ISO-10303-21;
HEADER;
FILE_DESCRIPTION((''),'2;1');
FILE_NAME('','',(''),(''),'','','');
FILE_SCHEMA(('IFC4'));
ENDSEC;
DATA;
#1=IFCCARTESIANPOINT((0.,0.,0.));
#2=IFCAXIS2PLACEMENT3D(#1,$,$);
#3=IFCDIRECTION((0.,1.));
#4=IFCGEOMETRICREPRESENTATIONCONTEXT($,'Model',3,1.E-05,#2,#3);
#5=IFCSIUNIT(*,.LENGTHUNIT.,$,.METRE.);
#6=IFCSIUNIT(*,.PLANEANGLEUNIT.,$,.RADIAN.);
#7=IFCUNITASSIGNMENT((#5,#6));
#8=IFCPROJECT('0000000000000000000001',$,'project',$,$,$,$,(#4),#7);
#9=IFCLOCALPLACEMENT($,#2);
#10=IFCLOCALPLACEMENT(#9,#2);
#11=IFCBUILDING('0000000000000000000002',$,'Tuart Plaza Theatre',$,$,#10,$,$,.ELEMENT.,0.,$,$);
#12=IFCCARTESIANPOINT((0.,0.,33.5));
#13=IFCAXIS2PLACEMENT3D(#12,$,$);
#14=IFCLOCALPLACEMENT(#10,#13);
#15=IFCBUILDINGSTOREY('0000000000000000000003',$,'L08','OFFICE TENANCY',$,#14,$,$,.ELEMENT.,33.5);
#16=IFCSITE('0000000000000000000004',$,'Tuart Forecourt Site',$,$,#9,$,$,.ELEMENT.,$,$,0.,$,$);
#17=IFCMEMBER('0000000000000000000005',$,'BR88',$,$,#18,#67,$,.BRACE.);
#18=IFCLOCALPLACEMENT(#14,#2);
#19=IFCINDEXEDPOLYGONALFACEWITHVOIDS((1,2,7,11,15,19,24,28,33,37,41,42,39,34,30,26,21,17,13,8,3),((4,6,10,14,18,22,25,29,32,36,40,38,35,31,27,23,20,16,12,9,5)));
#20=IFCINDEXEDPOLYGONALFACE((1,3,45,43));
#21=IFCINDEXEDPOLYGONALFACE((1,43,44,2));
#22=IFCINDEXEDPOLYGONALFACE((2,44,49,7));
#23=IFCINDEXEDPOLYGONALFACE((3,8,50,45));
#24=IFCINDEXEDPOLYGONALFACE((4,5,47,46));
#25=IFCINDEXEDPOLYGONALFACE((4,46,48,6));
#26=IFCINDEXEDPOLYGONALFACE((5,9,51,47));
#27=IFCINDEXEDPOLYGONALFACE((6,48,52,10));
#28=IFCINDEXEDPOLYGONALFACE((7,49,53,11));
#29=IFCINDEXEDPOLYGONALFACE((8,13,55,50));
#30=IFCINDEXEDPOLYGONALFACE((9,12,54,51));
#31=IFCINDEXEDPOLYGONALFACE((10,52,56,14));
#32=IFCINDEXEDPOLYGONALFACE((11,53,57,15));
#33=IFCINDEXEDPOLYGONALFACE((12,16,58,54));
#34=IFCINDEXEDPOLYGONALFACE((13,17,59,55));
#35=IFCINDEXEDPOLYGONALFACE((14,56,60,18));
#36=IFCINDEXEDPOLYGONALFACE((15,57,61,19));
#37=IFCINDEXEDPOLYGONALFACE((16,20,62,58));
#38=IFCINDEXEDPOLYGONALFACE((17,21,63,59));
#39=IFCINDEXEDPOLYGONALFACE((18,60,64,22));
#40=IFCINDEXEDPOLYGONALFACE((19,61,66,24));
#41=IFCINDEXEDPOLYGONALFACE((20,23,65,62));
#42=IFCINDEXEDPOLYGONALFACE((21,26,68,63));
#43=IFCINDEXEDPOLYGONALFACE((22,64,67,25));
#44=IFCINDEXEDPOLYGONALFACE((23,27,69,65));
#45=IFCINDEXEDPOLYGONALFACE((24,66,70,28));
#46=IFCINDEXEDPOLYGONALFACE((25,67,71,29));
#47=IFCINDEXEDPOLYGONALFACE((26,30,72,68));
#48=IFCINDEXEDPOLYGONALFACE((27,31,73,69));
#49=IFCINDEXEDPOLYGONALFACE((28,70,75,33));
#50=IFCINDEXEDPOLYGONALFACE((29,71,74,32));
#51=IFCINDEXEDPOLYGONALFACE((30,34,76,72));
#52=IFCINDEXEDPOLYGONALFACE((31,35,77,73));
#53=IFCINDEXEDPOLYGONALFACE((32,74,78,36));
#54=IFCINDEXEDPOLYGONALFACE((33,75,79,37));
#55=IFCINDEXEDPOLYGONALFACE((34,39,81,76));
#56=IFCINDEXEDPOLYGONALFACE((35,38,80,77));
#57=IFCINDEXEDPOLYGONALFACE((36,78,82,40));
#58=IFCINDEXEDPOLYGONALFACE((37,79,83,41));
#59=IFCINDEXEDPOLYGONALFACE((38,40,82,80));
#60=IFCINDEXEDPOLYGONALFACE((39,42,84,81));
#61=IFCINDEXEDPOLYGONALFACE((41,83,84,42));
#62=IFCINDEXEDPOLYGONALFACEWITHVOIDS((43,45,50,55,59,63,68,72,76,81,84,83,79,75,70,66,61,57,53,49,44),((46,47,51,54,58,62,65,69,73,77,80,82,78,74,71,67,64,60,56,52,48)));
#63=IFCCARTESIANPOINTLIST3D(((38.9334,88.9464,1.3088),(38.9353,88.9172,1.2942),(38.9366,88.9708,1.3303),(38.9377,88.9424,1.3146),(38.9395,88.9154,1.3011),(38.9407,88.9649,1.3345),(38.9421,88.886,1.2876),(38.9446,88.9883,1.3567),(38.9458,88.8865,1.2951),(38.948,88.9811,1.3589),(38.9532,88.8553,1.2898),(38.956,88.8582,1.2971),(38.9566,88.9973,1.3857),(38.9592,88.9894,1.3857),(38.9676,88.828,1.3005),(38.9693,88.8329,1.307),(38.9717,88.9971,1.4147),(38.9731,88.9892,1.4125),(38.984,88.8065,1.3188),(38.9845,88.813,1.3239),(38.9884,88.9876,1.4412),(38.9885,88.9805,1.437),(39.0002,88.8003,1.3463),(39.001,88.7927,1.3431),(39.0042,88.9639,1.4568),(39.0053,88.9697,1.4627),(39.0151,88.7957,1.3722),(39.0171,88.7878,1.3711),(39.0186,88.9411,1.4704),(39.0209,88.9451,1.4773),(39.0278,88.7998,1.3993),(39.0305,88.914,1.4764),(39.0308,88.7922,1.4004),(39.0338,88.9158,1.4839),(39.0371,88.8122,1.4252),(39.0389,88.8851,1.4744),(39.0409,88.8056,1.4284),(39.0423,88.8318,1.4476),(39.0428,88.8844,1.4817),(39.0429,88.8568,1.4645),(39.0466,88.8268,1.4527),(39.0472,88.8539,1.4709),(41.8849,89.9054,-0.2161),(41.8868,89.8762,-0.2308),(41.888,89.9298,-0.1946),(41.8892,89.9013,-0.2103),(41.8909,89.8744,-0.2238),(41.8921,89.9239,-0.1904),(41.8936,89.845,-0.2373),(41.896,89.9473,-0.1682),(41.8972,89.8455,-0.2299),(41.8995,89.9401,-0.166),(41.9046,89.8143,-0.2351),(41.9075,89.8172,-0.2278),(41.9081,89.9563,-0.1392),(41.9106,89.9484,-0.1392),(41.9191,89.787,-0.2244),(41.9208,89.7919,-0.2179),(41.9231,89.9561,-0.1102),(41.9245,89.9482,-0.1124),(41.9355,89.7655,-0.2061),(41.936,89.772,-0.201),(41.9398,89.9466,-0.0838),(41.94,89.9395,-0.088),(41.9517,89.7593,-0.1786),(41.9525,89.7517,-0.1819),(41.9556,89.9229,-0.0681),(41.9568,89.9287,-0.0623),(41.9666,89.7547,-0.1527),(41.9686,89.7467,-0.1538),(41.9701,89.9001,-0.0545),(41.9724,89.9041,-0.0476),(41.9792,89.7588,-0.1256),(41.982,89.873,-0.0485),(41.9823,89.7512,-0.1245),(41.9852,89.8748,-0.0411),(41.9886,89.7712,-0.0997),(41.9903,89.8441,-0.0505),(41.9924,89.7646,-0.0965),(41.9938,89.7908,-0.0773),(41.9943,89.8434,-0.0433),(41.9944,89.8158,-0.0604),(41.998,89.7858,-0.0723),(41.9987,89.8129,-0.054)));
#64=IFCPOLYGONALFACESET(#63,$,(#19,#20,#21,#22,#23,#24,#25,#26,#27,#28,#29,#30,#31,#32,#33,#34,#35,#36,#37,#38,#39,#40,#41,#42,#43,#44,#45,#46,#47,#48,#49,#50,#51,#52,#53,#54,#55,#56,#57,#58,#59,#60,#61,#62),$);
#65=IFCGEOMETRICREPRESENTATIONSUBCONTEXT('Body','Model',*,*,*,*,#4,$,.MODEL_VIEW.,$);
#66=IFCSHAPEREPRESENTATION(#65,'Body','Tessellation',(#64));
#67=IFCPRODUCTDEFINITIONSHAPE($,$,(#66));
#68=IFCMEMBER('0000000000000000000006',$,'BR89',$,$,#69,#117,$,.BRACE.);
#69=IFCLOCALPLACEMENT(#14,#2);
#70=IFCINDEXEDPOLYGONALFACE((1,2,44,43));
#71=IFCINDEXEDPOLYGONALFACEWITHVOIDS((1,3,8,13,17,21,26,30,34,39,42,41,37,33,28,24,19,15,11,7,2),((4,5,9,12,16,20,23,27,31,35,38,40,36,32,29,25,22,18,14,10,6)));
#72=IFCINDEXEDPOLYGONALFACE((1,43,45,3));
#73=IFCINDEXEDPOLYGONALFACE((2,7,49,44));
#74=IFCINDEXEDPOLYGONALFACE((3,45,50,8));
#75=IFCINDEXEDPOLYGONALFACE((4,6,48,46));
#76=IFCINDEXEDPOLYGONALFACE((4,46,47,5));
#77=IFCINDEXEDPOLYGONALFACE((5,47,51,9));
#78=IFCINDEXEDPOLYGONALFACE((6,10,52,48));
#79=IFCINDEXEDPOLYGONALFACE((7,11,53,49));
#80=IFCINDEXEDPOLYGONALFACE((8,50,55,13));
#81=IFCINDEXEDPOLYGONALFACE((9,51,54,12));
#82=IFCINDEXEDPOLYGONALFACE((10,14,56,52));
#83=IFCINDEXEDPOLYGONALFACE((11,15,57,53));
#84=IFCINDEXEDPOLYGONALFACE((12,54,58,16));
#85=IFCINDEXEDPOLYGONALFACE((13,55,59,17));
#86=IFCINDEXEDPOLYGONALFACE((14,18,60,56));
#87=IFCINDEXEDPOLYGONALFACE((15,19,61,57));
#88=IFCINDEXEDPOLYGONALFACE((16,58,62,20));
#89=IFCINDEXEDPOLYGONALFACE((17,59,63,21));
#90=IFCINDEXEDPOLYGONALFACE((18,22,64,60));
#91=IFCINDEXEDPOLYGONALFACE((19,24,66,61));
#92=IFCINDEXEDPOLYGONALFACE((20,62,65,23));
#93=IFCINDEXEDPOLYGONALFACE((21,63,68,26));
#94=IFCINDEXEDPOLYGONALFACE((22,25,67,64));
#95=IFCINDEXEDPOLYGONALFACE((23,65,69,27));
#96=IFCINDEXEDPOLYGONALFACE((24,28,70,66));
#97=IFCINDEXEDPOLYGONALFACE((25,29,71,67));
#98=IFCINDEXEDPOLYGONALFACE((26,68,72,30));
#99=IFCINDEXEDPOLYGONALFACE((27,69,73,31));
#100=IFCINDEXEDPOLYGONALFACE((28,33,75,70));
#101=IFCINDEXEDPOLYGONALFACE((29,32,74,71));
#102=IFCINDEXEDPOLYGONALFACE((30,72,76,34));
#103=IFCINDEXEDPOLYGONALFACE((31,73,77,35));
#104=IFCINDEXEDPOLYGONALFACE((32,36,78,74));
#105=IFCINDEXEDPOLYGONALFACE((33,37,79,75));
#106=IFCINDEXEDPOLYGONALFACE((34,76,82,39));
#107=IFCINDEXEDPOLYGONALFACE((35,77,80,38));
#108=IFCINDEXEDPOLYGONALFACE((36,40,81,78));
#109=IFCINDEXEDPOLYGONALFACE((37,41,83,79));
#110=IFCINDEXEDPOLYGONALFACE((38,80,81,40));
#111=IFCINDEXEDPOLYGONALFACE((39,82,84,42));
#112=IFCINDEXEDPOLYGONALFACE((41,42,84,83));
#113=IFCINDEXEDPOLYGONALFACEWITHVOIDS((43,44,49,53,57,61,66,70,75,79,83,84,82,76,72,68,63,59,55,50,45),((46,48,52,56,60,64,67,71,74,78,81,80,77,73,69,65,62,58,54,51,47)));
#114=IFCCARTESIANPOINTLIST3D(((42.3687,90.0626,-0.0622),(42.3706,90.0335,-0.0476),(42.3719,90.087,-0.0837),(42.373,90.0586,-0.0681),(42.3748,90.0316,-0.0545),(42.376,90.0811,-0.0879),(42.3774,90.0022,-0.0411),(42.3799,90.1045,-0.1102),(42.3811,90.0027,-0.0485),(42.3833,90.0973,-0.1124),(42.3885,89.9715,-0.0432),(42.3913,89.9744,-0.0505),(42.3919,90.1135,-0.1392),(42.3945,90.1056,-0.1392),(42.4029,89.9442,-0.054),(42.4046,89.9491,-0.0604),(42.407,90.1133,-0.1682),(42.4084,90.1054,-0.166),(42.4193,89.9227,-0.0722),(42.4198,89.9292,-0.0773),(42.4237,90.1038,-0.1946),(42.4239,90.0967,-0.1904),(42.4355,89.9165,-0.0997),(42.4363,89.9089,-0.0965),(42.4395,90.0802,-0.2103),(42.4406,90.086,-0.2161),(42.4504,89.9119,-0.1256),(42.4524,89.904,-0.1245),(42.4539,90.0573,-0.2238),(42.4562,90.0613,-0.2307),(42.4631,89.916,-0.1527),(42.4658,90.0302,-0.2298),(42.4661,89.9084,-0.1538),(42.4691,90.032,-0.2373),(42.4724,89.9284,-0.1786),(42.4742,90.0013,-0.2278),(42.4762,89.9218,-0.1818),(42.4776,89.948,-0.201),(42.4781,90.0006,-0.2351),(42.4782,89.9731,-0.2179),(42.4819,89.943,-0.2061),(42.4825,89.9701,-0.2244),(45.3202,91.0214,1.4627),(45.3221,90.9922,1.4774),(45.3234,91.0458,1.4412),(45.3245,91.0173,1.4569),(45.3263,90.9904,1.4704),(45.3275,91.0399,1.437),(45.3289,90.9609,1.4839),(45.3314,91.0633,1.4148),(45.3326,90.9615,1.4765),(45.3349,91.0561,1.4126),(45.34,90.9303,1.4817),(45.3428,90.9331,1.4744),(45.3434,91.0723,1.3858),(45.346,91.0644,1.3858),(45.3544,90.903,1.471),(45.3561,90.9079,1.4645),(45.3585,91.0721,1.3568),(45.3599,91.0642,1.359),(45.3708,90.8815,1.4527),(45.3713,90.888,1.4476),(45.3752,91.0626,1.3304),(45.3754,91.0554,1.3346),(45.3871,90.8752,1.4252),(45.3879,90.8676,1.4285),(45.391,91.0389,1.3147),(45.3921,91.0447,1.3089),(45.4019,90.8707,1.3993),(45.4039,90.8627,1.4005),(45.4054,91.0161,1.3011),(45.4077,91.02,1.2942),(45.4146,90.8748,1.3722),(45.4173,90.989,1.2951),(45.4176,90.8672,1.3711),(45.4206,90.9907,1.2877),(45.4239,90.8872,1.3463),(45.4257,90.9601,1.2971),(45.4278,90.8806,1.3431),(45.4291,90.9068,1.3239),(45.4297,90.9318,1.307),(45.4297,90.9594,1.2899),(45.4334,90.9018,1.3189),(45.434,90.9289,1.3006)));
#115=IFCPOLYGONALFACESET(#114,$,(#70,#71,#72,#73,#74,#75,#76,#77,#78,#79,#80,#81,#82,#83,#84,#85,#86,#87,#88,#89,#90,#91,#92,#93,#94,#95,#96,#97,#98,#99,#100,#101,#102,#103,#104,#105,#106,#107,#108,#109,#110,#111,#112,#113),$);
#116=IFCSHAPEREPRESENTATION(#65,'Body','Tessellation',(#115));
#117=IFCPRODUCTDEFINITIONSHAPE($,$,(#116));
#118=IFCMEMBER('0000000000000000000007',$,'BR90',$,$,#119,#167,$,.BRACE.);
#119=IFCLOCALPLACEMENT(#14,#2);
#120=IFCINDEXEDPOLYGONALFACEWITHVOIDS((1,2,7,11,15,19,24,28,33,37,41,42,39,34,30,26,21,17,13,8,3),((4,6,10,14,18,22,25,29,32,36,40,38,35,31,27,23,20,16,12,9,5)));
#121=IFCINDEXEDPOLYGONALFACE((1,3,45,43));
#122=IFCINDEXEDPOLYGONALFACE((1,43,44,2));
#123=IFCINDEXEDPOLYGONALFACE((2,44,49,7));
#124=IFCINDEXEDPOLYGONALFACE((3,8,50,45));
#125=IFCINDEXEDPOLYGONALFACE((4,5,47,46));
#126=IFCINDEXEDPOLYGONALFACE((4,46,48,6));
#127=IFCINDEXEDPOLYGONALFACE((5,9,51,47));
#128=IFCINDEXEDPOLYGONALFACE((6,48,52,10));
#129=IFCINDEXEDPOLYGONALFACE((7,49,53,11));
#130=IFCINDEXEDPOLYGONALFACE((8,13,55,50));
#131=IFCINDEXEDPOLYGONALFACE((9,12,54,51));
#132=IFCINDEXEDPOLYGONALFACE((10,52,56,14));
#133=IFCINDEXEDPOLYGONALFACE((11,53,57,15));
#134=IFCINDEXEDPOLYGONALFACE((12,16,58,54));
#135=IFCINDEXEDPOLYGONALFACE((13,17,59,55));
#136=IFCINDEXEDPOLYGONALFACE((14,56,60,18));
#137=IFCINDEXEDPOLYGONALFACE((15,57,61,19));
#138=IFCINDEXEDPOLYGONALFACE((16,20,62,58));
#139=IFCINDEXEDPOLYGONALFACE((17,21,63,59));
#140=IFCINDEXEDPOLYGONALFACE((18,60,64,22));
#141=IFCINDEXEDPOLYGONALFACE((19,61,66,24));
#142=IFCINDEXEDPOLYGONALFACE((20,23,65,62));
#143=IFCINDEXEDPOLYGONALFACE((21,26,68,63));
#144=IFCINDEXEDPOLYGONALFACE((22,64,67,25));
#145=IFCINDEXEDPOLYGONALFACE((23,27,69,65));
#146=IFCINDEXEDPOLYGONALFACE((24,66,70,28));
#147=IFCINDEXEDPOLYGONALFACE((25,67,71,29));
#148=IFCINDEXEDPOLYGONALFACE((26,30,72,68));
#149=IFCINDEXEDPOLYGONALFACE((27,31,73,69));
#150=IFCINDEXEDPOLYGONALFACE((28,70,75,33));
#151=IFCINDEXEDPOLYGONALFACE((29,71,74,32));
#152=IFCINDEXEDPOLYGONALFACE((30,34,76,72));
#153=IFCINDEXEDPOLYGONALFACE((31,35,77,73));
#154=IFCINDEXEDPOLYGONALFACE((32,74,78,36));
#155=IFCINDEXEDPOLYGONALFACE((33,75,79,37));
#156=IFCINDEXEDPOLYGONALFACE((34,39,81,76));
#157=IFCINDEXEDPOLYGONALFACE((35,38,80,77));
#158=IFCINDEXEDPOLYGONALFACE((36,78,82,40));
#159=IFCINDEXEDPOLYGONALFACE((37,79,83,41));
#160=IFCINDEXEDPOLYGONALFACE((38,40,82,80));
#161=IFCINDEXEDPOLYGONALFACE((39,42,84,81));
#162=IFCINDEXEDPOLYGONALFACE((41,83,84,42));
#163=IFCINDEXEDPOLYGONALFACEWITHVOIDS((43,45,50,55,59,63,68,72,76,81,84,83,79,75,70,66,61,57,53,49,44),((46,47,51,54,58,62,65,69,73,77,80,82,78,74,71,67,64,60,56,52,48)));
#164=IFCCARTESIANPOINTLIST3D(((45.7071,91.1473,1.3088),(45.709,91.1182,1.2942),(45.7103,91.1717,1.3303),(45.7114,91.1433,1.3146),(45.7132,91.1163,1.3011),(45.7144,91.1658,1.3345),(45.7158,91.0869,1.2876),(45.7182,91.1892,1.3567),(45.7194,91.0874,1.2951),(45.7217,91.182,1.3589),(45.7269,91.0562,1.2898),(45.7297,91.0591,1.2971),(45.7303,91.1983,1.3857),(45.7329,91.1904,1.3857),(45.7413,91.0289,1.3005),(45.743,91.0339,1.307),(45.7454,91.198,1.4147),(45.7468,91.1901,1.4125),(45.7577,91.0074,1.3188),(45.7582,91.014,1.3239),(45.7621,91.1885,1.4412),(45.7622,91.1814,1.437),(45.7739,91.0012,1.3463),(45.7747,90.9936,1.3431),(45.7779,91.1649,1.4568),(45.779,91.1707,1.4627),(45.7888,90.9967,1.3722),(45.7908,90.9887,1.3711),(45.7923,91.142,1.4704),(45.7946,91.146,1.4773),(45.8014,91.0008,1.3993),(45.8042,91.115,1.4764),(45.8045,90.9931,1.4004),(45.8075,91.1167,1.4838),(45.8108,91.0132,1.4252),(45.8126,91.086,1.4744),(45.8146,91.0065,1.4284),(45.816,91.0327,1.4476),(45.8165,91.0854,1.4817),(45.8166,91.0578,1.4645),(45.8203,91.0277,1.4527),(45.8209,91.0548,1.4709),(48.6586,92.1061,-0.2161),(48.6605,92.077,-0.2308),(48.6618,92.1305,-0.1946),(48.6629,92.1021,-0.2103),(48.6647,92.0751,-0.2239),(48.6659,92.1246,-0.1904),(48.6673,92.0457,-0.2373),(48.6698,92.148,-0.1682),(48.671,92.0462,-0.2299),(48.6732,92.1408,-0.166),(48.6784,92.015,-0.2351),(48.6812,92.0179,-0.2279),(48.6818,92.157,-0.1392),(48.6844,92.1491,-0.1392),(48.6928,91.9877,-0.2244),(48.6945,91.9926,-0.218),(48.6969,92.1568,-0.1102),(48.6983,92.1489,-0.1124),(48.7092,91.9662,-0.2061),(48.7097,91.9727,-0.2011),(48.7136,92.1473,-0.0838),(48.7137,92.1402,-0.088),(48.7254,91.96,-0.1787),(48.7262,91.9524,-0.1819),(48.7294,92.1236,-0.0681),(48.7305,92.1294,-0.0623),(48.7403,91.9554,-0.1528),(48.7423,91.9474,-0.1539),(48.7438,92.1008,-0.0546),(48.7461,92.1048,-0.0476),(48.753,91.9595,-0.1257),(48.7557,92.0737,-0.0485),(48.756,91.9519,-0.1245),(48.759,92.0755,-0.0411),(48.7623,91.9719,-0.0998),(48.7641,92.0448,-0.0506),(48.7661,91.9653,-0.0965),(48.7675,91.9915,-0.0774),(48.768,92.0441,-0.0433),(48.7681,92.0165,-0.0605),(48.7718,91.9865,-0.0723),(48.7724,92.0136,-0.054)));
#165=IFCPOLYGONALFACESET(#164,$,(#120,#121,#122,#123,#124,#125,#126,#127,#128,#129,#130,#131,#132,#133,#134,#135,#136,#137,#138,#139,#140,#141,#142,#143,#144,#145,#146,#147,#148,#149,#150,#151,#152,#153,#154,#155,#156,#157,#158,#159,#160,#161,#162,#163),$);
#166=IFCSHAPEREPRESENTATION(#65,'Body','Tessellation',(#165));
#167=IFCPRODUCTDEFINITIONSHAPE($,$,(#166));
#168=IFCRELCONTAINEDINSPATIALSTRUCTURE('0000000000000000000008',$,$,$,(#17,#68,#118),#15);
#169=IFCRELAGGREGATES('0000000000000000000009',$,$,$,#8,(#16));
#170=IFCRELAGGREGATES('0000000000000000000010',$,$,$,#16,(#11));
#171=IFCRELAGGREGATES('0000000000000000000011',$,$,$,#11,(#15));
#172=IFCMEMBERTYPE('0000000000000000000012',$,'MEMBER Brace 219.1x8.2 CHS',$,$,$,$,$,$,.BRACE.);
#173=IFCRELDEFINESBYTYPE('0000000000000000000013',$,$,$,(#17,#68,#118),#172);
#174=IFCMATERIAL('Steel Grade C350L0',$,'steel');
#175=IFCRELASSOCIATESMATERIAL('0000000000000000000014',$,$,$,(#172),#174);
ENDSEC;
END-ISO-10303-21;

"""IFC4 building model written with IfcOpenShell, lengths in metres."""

from ifc_helpers import new_model, si_unit, direction, frame, origin, origin_2d, place, context, subcontext, project, spatial, hollow_circle, extrude, material, material_profile, profile_set, type_object, element, save


model = new_model("IFC4")

# Units and contexts
model_context = context("Model", 3, precision=1e-05, world=origin(), true_north=direction((0.0, 1.0)))
body_context = subcontext(model_context, "Body", "Model", "MODEL_VIEW")
ifc_project = project(units=[si_unit("LENGTHUNIT", "METRE"), si_unit("PLANEANGLEUNIT", "RADIAN")], contexts=[model_context])

# Site, building, storey
site_placement = place(None, origin())
site = spatial("IfcSite", under=ifc_project, at=site_placement, Name="Tuart Forecourt Site", CompositionType="ELEMENT", RefElevation=0.0)
building_placement = place(site_placement, origin())
building = spatial("IfcBuilding", under=site, at=building_placement, Name="Tuart Plaza Theatre", CompositionType="ELEMENT", ElevationOfRefHeight=0.0)
storey_placement = place(building_placement, frame((0.0, 0.0, 33.5)))
storey = spatial("IfcBuildingStorey", under=building, at=storey_placement, Name="L08", Description="OFFICE TENANCY", CompositionType="ELEMENT", Elevation=33.5)

# Members
ifc_material_1 = material(Name="Steel Grade C350L0", Category="steel")
ifc_material_profile_1 = material_profile(ifc_material_1, hollow_circle(Radius=0.1096, WallThickness=0.0083, at=origin_2d()), Name="219.1x8.2 CHS")
ifc_profile_set_1 = profile_set([ifc_material_profile_1], Name="Steel Grade C350L0")
member_type_1 = type_object("IfcMemberType", Name="MEMBER Brace 219.1x8.2 CHS", PredefinedType="BRACE", material=ifc_profile_set_1)
for number, where, z_axis, x_axis, name in (
    (1, (38.9905, 88.8931, 1.3857), (0.853573, 0.277346, -0.441014), (-0.30902, 0.951055, 0.0), "BR88"),
    (2, (42.4258, 90.0093, -0.1392), (0.853589, 0.277281, 0.441022), (-0.308949, 0.951079, 0.0), "BR89"),
    (3, (45.7642, 91.094, 1.3857), (0.853589, 0.277281, -0.441022), (-0.308949, 0.951079, 0.0), "BR90"),
):
    element("IfcMember", number, at=place(storey_placement, frame(where, z_axis=z_axis, x_axis=x_axis)), inside=storey, type_object=member_type_1, Name=name, PredefinedType="BRACE", context=body_context, shape_type="SweptSolid", body=[
        extrude(hollow_circle(Radius=0.1096, WallThickness=0.0083, at=origin_2d()), origin(), (0.0, 0.0, 1.0), 3.4578),
    ])

save(model, "model.ifc")
